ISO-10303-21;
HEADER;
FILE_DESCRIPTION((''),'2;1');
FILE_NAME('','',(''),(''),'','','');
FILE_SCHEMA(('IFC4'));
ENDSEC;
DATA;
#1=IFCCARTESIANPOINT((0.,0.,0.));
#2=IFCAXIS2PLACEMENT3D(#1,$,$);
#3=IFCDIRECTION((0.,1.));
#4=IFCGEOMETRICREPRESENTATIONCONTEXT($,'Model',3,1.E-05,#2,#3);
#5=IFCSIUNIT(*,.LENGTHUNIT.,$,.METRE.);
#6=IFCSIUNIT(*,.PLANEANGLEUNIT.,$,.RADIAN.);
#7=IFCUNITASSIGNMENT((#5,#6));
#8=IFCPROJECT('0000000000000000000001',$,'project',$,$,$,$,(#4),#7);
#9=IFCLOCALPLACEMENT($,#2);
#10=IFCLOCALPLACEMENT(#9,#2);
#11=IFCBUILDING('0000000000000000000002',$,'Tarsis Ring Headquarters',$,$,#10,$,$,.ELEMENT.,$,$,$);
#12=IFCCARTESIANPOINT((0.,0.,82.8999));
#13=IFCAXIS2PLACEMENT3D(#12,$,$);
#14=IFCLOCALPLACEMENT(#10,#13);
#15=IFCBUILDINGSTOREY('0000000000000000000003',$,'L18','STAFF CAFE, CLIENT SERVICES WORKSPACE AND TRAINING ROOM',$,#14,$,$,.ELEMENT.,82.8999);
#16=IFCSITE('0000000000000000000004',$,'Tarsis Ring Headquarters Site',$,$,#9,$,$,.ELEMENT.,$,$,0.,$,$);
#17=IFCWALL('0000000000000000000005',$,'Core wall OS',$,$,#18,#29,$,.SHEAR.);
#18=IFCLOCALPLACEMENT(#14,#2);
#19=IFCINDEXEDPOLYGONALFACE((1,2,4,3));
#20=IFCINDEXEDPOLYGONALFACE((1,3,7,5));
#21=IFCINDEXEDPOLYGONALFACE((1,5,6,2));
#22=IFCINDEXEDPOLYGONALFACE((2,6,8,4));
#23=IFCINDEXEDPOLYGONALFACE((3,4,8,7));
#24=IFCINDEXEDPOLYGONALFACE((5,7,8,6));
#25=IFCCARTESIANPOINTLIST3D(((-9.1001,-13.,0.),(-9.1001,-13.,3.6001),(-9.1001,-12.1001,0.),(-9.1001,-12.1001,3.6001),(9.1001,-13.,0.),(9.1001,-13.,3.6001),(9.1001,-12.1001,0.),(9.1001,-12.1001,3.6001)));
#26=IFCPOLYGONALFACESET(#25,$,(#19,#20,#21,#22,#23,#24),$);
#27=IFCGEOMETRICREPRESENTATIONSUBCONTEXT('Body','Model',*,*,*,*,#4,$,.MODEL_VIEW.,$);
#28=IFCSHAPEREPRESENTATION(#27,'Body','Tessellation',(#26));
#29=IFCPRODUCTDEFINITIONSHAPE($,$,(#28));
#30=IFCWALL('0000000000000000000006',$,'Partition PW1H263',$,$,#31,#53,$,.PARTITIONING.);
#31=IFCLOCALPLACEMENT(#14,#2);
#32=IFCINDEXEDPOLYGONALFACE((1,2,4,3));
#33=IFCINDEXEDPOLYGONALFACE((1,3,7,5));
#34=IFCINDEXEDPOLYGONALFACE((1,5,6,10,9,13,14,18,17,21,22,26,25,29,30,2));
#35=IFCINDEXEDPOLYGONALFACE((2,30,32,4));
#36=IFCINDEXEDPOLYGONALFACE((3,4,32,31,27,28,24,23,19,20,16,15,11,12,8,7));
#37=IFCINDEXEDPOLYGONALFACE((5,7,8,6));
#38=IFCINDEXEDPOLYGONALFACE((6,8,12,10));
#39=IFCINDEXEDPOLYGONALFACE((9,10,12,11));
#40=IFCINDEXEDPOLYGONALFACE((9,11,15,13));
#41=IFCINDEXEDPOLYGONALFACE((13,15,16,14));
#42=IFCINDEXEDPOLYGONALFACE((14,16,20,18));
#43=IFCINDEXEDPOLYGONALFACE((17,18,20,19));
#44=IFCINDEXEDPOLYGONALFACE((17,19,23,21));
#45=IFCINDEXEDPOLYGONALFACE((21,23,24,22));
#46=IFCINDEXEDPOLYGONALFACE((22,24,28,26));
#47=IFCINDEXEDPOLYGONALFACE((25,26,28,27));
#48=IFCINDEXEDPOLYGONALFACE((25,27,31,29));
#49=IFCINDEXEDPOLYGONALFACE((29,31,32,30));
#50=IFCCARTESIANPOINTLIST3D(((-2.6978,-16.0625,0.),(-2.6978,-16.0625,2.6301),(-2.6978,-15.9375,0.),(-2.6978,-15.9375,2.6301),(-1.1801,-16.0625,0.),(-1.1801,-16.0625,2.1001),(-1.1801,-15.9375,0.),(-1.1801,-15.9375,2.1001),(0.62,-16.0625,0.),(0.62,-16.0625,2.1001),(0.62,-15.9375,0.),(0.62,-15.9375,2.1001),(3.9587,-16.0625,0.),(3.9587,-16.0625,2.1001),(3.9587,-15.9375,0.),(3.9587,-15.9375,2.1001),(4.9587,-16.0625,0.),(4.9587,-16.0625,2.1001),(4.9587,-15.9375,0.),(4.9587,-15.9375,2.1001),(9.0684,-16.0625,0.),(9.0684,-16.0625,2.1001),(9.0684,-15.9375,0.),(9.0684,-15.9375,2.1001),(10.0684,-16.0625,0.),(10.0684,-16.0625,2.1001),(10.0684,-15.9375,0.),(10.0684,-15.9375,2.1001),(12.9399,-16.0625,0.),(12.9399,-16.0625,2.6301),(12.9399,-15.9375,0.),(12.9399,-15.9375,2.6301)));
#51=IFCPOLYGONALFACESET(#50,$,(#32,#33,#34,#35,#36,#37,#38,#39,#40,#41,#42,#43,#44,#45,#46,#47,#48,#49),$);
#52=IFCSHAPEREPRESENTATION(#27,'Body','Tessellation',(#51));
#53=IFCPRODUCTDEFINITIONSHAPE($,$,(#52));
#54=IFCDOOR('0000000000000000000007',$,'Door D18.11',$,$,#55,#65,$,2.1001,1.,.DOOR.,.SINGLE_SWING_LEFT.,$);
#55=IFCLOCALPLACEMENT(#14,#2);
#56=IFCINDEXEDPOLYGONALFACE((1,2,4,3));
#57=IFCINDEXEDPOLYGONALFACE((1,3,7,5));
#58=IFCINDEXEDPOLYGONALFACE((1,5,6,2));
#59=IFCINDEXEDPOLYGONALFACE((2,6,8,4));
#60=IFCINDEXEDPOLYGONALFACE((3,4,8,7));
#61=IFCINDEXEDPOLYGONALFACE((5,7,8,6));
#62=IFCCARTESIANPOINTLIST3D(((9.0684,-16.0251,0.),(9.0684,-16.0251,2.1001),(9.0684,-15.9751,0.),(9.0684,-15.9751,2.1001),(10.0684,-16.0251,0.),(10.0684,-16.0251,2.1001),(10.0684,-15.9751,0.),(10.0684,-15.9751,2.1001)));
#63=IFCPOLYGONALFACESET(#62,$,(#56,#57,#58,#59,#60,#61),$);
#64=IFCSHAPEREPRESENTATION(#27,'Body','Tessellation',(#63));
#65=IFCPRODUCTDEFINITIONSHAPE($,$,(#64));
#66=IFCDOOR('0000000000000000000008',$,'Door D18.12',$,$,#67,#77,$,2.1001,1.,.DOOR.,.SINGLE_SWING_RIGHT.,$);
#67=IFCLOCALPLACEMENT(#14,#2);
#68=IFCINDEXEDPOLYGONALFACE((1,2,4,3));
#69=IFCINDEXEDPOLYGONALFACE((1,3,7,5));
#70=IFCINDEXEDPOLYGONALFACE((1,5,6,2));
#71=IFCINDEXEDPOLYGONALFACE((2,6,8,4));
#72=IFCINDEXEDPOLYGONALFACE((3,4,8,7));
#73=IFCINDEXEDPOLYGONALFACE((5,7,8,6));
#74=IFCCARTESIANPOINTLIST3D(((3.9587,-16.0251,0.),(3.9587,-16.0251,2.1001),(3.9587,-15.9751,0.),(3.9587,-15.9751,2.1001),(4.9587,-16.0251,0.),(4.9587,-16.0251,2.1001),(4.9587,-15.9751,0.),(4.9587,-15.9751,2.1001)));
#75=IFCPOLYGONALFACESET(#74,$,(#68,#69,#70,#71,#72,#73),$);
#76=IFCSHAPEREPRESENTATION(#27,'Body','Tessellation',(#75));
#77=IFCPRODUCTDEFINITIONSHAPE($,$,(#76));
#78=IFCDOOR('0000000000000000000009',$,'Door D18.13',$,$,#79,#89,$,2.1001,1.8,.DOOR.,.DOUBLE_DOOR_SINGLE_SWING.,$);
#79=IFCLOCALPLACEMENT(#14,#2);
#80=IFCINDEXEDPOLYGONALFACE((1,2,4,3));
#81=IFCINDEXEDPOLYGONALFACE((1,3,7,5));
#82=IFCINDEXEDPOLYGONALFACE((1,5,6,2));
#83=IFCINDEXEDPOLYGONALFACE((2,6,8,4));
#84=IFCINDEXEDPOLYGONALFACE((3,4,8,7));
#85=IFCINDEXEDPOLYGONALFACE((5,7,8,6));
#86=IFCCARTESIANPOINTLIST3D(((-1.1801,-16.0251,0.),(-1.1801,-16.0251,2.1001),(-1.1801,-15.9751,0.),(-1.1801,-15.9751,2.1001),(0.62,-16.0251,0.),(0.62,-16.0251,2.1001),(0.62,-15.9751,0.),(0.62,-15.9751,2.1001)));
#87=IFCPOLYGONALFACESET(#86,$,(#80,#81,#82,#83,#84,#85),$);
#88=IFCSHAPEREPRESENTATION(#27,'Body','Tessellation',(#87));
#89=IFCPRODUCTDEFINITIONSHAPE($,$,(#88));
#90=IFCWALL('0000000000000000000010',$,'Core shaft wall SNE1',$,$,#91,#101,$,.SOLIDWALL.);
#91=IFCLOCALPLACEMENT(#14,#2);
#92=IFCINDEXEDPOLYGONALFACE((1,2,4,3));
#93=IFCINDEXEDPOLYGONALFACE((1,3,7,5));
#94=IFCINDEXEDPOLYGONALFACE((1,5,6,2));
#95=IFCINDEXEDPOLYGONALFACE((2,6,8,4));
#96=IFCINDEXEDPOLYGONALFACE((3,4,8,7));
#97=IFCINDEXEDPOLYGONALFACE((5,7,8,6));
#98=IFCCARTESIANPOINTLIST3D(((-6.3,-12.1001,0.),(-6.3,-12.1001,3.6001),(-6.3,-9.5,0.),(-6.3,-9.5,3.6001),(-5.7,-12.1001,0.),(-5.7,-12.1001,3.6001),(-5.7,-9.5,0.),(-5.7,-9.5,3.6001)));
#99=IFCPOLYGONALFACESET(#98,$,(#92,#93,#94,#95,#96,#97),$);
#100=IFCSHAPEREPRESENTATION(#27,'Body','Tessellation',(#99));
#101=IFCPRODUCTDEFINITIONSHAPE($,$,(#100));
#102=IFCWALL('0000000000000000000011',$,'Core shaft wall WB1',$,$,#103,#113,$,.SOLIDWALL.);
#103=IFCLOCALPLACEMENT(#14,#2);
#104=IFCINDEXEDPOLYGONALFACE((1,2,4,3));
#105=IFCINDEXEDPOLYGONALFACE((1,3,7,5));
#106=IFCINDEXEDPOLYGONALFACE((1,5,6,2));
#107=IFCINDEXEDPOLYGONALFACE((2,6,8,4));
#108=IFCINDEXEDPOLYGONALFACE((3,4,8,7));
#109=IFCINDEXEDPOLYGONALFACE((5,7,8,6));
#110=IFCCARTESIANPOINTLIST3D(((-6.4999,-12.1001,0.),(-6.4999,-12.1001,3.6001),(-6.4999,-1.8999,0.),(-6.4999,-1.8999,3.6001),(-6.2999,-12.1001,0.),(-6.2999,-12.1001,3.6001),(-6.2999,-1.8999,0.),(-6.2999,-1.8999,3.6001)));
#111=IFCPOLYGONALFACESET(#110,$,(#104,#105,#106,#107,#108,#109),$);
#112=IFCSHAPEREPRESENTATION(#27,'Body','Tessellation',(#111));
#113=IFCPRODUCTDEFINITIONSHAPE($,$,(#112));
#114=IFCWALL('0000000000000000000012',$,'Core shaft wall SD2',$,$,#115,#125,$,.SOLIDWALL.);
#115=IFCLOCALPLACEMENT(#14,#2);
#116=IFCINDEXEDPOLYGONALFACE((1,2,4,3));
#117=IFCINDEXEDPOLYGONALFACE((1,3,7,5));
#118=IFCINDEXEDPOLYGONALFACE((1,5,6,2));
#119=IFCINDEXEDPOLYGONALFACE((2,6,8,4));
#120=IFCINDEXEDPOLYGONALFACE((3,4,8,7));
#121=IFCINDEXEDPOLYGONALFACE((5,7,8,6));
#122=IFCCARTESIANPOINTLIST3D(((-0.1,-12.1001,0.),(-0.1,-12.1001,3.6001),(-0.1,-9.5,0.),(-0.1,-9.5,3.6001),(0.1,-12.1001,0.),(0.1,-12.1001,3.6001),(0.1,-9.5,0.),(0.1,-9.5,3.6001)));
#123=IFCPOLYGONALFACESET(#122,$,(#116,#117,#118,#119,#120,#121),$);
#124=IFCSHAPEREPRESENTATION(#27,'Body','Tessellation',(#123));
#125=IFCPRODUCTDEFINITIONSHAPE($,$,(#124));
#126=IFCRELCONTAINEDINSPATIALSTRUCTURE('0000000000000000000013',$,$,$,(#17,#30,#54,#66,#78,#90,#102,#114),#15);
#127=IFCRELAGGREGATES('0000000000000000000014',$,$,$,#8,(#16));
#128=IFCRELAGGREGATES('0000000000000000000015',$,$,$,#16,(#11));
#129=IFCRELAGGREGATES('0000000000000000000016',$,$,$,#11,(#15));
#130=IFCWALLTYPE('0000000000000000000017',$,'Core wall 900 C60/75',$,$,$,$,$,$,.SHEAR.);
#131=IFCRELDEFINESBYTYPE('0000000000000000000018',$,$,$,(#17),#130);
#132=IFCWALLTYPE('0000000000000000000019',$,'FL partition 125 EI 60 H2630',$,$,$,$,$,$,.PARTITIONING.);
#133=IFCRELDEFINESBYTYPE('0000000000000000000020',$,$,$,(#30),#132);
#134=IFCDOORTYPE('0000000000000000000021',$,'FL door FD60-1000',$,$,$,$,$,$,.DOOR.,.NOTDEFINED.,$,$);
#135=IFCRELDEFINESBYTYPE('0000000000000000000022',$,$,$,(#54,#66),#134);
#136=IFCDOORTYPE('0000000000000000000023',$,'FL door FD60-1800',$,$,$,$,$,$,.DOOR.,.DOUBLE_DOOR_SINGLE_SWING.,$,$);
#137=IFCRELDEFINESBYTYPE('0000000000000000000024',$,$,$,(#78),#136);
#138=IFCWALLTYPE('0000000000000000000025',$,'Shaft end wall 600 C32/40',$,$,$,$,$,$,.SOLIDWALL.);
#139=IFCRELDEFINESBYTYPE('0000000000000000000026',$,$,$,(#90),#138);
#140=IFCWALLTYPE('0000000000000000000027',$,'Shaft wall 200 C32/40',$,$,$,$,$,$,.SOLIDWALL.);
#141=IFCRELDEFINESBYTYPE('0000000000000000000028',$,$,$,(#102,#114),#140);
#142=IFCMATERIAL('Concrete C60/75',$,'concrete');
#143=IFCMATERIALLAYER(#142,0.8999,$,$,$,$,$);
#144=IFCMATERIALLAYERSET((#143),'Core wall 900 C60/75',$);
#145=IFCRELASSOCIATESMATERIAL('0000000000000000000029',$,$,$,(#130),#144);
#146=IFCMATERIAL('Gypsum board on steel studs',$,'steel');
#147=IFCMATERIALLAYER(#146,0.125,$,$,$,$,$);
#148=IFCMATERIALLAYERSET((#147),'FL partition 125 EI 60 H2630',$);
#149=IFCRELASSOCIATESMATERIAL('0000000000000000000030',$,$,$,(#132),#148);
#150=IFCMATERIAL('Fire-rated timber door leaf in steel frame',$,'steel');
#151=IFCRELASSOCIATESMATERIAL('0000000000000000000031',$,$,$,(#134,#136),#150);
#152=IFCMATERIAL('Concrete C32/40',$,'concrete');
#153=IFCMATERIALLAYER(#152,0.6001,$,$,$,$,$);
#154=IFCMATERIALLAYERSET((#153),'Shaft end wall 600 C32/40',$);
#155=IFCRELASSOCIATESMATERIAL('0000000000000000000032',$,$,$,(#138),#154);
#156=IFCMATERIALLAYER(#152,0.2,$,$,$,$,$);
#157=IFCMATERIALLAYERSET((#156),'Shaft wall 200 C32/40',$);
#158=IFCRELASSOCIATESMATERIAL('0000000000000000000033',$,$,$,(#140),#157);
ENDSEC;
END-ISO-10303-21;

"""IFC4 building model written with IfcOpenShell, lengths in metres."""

from ifc_helpers import new_model, si_unit, direction, frame, frame_2d, origin, place, context, subcontext, project, spatial, rectangle, extrude, material, layer, layer_set, type_object, element, fill, save


model = new_model("IFC4")

# Units and contexts
model_context = context("Model", 3, precision=1e-05, world=origin(), true_north=direction((0.0, 1.0)))
body_context = subcontext(model_context, "Body", "Model", "MODEL_VIEW")
ifc_project = project(units=[si_unit("LENGTHUNIT", "METRE"), si_unit("PLANEANGLEUNIT", "RADIAN")], contexts=[model_context])

# Site, building, storey
site_placement = place(None, origin())
site = spatial("IfcSite", under=ifc_project, at=site_placement, Name="Tarsis Ring Headquarters Site", CompositionType="ELEMENT", RefElevation=0.0)
building_placement = place(site_placement, origin())
building = spatial("IfcBuilding", under=site, at=building_placement, Name="Tarsis Ring Headquarters", CompositionType="ELEMENT")
storey_placement = place(building_placement, frame((0.0, 0.0, 82.8999)))
storey = spatial("IfcBuildingStorey", under=building, at=storey_placement, Name="L18", Description="STAFF CAFE, CLIENT SERVICES WORKSPACE AND TRAINING ROOM", CompositionType="ELEMENT", Elevation=82.8999)

# Shared definitions
ifc_material_1 = material(Name="Concrete C60/75", Category="concrete")
ifc_layer_1 = layer(ifc_material_1, 0.8999)
ifc_layer_set_1 = layer_set([ifc_layer_1], Name="Core wall 900 C60/75")
wall_type_1 = type_object("IfcWallType", Name="Core wall 900 C60/75", PredefinedType="SHEAR", material=ifc_layer_set_1)

# Wall
wall_1_placement = place(storey_placement, frame((-9.1001, -12.55, 0.0), z_axis=(0.0, 0.0, 1.0), x_axis=(1.0, 0.0, 0.0)))
element("IfcWall", 1, at=wall_1_placement, inside=storey, type_object=wall_type_1, Name="Core wall OS", PredefinedType="SHEAR", context=body_context, shape_type="SweptSolid", body=[
    extrude(rectangle(XDim=18.2002, YDim=0.8999, at=frame_2d((9.1001, 0.0))), origin(), (0.0, 0.0, 1.0), 3.6001),
])

# Wall, openings, doors
ifc_material_2 = material(Name="Gypsum board on steel studs", Category="steel")
ifc_layer_2 = layer(ifc_material_2, 0.125)
ifc_layer_set_2 = layer_set([ifc_layer_2], Name="FL partition 125 EI 60 H2630")
wall_type_2 = type_object("IfcWallType", Name="FL partition 125 EI 60 H2630", PredefinedType="PARTITIONING", material=ifc_layer_set_2)
wall_2_placement = place(storey_placement, frame((-2.6978, -16.0, 0.0), z_axis=(0.0, 0.0, 1.0), x_axis=(1.0, 0.0, 0.0)))
wall_2 = element("IfcWall", 2, at=wall_2_placement, inside=storey, type_object=wall_type_2, Name="Partition PW1H263", PredefinedType="PARTITIONING", context=body_context, shape_type="SweptSolid", body=[
    extrude(rectangle(XDim=15.6377, YDim=0.125, at=frame_2d((7.8188, 0.0))), origin(), (0.0, 0.0, 1.0), 2.6301),
])
opening_1_placement = place(wall_2_placement, frame((11.7661, 0.0, 0.0)))
opening_1 = element("IfcOpeningElement", 3, at=opening_1_placement, cuts=wall_2, PredefinedType="OPENING", context=body_context, shape_type="SweptSolid", body=[
    extrude(rectangle(XDim=1.0, YDim=2.1001, at=frame_2d((0.5, 1.05))), frame((0.0, 0.0725, 0.0), z_axis=(0.0, -1.0, 0.0), x_axis=(1.0, 0.0, 0.0)), (0.0, 0.0, 1.0), 0.145),
])
opening_2_placement = place(wall_2_placement, frame((6.6565, 0.0, 0.0)))
opening_2 = element("IfcOpeningElement", 4, at=opening_2_placement, cuts=wall_2, PredefinedType="OPENING", context=body_context, shape_type="SweptSolid", body=[
    extrude(rectangle(XDim=1.0, YDim=2.1001, at=frame_2d((0.5, 1.05))), frame((0.0, 0.0725, 0.0), z_axis=(0.0, -1.0, 0.0), x_axis=(1.0, 0.0, 0.0)), (0.0, 0.0, 1.0), 0.145),
])
opening_3_placement = place(wall_2_placement, frame((1.5178, 0.0, 0.0)))
opening_3 = element("IfcOpeningElement", 5, at=opening_3_placement, cuts=wall_2, PredefinedType="OPENING", context=body_context, shape_type="SweptSolid", body=[
    extrude(rectangle(XDim=1.8, YDim=2.1001, at=frame_2d((0.8999, 1.05))), frame((0.0, 0.0725, 0.0), z_axis=(0.0, -1.0, 0.0), x_axis=(1.0, 0.0, 0.0)), (0.0, 0.0, 1.0), 0.145),
])
ifc_material_3 = material(Name="Fire-rated timber door leaf in steel frame", Category="steel")
door_type_1 = type_object("IfcDoorType", Name="FL door FD60-1000", OperationType="NOTDEFINED", PredefinedType="DOOR", material=ifc_material_3)
door_1_placement = place(opening_1_placement, origin())
door_1 = element("IfcDoor", 6, at=door_1_placement, inside=storey, type_object=door_type_1, Name="Door D18.11", OperationType="SINGLE_SWING_LEFT", OverallHeight=2.1001, OverallWidth=1.0, PredefinedType="DOOR", context=body_context, shape_type="SweptSolid", body=[
    extrude(rectangle(XDim=1.0, YDim=2.1001, at=frame_2d((0.5, 1.05))), frame((0.0, 0.0249, 0.0), z_axis=(0.0, -1.0, 0.0), x_axis=(1.0, 0.0, 0.0)), (0.0, 0.0, 1.0), 0.05),
])
fill(opening_1, door_1)
door_2_placement = place(opening_2_placement, origin())
door_2 = element("IfcDoor", 7, at=door_2_placement, inside=storey, type_object=door_type_1, Name="Door D18.12", OperationType="SINGLE_SWING_RIGHT", OverallHeight=2.1001, OverallWidth=1.0, PredefinedType="DOOR", context=body_context, shape_type="SweptSolid", body=[
    extrude(rectangle(XDim=1.0, YDim=2.1001, at=frame_2d((0.5, 1.05))), frame((0.0, 0.0249, 0.0), z_axis=(0.0, -1.0, 0.0), x_axis=(1.0, 0.0, 0.0)), (0.0, 0.0, 1.0), 0.05),
])
fill(opening_2, door_2)
door_type_2 = type_object("IfcDoorType", Name="FL door FD60-1800", OperationType="DOUBLE_DOOR_SINGLE_SWING", PredefinedType="DOOR", material=ifc_material_3)
door_3_placement = place(opening_3_placement, origin())
door_3 = element("IfcDoor", 8, at=door_3_placement, inside=storey, type_object=door_type_2, Name="Door D18.13", OperationType="DOUBLE_DOOR_SINGLE_SWING", OverallHeight=2.1001, OverallWidth=1.8, PredefinedType="DOOR", context=body_context, shape_type="SweptSolid", body=[
    extrude(rectangle(XDim=1.8, YDim=2.1001, at=frame_2d((0.8999, 1.05))), frame((0.0, 0.0249, 0.0), z_axis=(0.0, -1.0, 0.0), x_axis=(1.0, 0.0, 0.0)), (0.0, 0.0, 1.0), 0.05),
])
fill(opening_3, door_3)

# Walls
ifc_material_4 = material(Name="Concrete C32/40", Category="concrete")
ifc_layer_3 = layer(ifc_material_4, 0.6001)
ifc_layer_set_3 = layer_set([ifc_layer_3], Name="Shaft end wall 600 C32/40")
wall_type_3 = type_object("IfcWallType", Name="Shaft end wall 600 C32/40", PredefinedType="SOLIDWALL", material=ifc_layer_set_3)
wall_3_placement = place(storey_placement, frame((-6.0, -12.1001, 0.0), z_axis=(0.0, 0.0, 1.0), x_axis=(0.0, 1.0, 0.0)))
element("IfcWall", 9, at=wall_3_placement, inside=storey, type_object=wall_type_3, Name="Core shaft wall SNE1", PredefinedType="SOLIDWALL", context=body_context, shape_type="SweptSolid", body=[
    extrude(rectangle(XDim=2.6001, YDim=0.6001, at=frame_2d((1.3, 0.0))), origin(), (0.0, 0.0, 1.0), 3.6001),
])
ifc_layer_4 = layer(ifc_material_4, 0.2)
ifc_layer_set_4 = layer_set([ifc_layer_4], Name="Shaft wall 200 C32/40")
wall_type_4 = type_object("IfcWallType", Name="Shaft wall 200 C32/40", PredefinedType="SOLIDWALL", material=ifc_layer_set_4)
wall_4_placement = place(storey_placement, frame((-6.3999, -12.1001, 0.0), z_axis=(0.0, 0.0, 1.0), x_axis=(0.0, 1.0, 0.0)))
element("IfcWall", 10, at=wall_4_placement, inside=storey, type_object=wall_type_4, Name="Core shaft wall WB1", PredefinedType="SOLIDWALL", context=body_context, shape_type="SweptSolid", body=[
    extrude(rectangle(XDim=10.2002, YDim=0.2, at=frame_2d((5.1001, 0.0))), origin(), (0.0, 0.0, 1.0), 3.6001),
])
wall_5_placement = place(storey_placement, frame((0.0, -12.1001, 0.0), z_axis=(0.0, 0.0, 1.0), x_axis=(0.0, 1.0, 0.0)))
element("IfcWall", 11, at=wall_5_placement, inside=storey, type_object=wall_type_4, Name="Core shaft wall SD2", PredefinedType="SOLIDWALL", context=body_context, shape_type="SweptSolid", body=[
    extrude(rectangle(XDim=2.6001, YDim=0.2, at=frame_2d((1.3, 0.0))), origin(), (0.0, 0.0, 1.0), 3.6001),
])

save(model, "model.ifc")
